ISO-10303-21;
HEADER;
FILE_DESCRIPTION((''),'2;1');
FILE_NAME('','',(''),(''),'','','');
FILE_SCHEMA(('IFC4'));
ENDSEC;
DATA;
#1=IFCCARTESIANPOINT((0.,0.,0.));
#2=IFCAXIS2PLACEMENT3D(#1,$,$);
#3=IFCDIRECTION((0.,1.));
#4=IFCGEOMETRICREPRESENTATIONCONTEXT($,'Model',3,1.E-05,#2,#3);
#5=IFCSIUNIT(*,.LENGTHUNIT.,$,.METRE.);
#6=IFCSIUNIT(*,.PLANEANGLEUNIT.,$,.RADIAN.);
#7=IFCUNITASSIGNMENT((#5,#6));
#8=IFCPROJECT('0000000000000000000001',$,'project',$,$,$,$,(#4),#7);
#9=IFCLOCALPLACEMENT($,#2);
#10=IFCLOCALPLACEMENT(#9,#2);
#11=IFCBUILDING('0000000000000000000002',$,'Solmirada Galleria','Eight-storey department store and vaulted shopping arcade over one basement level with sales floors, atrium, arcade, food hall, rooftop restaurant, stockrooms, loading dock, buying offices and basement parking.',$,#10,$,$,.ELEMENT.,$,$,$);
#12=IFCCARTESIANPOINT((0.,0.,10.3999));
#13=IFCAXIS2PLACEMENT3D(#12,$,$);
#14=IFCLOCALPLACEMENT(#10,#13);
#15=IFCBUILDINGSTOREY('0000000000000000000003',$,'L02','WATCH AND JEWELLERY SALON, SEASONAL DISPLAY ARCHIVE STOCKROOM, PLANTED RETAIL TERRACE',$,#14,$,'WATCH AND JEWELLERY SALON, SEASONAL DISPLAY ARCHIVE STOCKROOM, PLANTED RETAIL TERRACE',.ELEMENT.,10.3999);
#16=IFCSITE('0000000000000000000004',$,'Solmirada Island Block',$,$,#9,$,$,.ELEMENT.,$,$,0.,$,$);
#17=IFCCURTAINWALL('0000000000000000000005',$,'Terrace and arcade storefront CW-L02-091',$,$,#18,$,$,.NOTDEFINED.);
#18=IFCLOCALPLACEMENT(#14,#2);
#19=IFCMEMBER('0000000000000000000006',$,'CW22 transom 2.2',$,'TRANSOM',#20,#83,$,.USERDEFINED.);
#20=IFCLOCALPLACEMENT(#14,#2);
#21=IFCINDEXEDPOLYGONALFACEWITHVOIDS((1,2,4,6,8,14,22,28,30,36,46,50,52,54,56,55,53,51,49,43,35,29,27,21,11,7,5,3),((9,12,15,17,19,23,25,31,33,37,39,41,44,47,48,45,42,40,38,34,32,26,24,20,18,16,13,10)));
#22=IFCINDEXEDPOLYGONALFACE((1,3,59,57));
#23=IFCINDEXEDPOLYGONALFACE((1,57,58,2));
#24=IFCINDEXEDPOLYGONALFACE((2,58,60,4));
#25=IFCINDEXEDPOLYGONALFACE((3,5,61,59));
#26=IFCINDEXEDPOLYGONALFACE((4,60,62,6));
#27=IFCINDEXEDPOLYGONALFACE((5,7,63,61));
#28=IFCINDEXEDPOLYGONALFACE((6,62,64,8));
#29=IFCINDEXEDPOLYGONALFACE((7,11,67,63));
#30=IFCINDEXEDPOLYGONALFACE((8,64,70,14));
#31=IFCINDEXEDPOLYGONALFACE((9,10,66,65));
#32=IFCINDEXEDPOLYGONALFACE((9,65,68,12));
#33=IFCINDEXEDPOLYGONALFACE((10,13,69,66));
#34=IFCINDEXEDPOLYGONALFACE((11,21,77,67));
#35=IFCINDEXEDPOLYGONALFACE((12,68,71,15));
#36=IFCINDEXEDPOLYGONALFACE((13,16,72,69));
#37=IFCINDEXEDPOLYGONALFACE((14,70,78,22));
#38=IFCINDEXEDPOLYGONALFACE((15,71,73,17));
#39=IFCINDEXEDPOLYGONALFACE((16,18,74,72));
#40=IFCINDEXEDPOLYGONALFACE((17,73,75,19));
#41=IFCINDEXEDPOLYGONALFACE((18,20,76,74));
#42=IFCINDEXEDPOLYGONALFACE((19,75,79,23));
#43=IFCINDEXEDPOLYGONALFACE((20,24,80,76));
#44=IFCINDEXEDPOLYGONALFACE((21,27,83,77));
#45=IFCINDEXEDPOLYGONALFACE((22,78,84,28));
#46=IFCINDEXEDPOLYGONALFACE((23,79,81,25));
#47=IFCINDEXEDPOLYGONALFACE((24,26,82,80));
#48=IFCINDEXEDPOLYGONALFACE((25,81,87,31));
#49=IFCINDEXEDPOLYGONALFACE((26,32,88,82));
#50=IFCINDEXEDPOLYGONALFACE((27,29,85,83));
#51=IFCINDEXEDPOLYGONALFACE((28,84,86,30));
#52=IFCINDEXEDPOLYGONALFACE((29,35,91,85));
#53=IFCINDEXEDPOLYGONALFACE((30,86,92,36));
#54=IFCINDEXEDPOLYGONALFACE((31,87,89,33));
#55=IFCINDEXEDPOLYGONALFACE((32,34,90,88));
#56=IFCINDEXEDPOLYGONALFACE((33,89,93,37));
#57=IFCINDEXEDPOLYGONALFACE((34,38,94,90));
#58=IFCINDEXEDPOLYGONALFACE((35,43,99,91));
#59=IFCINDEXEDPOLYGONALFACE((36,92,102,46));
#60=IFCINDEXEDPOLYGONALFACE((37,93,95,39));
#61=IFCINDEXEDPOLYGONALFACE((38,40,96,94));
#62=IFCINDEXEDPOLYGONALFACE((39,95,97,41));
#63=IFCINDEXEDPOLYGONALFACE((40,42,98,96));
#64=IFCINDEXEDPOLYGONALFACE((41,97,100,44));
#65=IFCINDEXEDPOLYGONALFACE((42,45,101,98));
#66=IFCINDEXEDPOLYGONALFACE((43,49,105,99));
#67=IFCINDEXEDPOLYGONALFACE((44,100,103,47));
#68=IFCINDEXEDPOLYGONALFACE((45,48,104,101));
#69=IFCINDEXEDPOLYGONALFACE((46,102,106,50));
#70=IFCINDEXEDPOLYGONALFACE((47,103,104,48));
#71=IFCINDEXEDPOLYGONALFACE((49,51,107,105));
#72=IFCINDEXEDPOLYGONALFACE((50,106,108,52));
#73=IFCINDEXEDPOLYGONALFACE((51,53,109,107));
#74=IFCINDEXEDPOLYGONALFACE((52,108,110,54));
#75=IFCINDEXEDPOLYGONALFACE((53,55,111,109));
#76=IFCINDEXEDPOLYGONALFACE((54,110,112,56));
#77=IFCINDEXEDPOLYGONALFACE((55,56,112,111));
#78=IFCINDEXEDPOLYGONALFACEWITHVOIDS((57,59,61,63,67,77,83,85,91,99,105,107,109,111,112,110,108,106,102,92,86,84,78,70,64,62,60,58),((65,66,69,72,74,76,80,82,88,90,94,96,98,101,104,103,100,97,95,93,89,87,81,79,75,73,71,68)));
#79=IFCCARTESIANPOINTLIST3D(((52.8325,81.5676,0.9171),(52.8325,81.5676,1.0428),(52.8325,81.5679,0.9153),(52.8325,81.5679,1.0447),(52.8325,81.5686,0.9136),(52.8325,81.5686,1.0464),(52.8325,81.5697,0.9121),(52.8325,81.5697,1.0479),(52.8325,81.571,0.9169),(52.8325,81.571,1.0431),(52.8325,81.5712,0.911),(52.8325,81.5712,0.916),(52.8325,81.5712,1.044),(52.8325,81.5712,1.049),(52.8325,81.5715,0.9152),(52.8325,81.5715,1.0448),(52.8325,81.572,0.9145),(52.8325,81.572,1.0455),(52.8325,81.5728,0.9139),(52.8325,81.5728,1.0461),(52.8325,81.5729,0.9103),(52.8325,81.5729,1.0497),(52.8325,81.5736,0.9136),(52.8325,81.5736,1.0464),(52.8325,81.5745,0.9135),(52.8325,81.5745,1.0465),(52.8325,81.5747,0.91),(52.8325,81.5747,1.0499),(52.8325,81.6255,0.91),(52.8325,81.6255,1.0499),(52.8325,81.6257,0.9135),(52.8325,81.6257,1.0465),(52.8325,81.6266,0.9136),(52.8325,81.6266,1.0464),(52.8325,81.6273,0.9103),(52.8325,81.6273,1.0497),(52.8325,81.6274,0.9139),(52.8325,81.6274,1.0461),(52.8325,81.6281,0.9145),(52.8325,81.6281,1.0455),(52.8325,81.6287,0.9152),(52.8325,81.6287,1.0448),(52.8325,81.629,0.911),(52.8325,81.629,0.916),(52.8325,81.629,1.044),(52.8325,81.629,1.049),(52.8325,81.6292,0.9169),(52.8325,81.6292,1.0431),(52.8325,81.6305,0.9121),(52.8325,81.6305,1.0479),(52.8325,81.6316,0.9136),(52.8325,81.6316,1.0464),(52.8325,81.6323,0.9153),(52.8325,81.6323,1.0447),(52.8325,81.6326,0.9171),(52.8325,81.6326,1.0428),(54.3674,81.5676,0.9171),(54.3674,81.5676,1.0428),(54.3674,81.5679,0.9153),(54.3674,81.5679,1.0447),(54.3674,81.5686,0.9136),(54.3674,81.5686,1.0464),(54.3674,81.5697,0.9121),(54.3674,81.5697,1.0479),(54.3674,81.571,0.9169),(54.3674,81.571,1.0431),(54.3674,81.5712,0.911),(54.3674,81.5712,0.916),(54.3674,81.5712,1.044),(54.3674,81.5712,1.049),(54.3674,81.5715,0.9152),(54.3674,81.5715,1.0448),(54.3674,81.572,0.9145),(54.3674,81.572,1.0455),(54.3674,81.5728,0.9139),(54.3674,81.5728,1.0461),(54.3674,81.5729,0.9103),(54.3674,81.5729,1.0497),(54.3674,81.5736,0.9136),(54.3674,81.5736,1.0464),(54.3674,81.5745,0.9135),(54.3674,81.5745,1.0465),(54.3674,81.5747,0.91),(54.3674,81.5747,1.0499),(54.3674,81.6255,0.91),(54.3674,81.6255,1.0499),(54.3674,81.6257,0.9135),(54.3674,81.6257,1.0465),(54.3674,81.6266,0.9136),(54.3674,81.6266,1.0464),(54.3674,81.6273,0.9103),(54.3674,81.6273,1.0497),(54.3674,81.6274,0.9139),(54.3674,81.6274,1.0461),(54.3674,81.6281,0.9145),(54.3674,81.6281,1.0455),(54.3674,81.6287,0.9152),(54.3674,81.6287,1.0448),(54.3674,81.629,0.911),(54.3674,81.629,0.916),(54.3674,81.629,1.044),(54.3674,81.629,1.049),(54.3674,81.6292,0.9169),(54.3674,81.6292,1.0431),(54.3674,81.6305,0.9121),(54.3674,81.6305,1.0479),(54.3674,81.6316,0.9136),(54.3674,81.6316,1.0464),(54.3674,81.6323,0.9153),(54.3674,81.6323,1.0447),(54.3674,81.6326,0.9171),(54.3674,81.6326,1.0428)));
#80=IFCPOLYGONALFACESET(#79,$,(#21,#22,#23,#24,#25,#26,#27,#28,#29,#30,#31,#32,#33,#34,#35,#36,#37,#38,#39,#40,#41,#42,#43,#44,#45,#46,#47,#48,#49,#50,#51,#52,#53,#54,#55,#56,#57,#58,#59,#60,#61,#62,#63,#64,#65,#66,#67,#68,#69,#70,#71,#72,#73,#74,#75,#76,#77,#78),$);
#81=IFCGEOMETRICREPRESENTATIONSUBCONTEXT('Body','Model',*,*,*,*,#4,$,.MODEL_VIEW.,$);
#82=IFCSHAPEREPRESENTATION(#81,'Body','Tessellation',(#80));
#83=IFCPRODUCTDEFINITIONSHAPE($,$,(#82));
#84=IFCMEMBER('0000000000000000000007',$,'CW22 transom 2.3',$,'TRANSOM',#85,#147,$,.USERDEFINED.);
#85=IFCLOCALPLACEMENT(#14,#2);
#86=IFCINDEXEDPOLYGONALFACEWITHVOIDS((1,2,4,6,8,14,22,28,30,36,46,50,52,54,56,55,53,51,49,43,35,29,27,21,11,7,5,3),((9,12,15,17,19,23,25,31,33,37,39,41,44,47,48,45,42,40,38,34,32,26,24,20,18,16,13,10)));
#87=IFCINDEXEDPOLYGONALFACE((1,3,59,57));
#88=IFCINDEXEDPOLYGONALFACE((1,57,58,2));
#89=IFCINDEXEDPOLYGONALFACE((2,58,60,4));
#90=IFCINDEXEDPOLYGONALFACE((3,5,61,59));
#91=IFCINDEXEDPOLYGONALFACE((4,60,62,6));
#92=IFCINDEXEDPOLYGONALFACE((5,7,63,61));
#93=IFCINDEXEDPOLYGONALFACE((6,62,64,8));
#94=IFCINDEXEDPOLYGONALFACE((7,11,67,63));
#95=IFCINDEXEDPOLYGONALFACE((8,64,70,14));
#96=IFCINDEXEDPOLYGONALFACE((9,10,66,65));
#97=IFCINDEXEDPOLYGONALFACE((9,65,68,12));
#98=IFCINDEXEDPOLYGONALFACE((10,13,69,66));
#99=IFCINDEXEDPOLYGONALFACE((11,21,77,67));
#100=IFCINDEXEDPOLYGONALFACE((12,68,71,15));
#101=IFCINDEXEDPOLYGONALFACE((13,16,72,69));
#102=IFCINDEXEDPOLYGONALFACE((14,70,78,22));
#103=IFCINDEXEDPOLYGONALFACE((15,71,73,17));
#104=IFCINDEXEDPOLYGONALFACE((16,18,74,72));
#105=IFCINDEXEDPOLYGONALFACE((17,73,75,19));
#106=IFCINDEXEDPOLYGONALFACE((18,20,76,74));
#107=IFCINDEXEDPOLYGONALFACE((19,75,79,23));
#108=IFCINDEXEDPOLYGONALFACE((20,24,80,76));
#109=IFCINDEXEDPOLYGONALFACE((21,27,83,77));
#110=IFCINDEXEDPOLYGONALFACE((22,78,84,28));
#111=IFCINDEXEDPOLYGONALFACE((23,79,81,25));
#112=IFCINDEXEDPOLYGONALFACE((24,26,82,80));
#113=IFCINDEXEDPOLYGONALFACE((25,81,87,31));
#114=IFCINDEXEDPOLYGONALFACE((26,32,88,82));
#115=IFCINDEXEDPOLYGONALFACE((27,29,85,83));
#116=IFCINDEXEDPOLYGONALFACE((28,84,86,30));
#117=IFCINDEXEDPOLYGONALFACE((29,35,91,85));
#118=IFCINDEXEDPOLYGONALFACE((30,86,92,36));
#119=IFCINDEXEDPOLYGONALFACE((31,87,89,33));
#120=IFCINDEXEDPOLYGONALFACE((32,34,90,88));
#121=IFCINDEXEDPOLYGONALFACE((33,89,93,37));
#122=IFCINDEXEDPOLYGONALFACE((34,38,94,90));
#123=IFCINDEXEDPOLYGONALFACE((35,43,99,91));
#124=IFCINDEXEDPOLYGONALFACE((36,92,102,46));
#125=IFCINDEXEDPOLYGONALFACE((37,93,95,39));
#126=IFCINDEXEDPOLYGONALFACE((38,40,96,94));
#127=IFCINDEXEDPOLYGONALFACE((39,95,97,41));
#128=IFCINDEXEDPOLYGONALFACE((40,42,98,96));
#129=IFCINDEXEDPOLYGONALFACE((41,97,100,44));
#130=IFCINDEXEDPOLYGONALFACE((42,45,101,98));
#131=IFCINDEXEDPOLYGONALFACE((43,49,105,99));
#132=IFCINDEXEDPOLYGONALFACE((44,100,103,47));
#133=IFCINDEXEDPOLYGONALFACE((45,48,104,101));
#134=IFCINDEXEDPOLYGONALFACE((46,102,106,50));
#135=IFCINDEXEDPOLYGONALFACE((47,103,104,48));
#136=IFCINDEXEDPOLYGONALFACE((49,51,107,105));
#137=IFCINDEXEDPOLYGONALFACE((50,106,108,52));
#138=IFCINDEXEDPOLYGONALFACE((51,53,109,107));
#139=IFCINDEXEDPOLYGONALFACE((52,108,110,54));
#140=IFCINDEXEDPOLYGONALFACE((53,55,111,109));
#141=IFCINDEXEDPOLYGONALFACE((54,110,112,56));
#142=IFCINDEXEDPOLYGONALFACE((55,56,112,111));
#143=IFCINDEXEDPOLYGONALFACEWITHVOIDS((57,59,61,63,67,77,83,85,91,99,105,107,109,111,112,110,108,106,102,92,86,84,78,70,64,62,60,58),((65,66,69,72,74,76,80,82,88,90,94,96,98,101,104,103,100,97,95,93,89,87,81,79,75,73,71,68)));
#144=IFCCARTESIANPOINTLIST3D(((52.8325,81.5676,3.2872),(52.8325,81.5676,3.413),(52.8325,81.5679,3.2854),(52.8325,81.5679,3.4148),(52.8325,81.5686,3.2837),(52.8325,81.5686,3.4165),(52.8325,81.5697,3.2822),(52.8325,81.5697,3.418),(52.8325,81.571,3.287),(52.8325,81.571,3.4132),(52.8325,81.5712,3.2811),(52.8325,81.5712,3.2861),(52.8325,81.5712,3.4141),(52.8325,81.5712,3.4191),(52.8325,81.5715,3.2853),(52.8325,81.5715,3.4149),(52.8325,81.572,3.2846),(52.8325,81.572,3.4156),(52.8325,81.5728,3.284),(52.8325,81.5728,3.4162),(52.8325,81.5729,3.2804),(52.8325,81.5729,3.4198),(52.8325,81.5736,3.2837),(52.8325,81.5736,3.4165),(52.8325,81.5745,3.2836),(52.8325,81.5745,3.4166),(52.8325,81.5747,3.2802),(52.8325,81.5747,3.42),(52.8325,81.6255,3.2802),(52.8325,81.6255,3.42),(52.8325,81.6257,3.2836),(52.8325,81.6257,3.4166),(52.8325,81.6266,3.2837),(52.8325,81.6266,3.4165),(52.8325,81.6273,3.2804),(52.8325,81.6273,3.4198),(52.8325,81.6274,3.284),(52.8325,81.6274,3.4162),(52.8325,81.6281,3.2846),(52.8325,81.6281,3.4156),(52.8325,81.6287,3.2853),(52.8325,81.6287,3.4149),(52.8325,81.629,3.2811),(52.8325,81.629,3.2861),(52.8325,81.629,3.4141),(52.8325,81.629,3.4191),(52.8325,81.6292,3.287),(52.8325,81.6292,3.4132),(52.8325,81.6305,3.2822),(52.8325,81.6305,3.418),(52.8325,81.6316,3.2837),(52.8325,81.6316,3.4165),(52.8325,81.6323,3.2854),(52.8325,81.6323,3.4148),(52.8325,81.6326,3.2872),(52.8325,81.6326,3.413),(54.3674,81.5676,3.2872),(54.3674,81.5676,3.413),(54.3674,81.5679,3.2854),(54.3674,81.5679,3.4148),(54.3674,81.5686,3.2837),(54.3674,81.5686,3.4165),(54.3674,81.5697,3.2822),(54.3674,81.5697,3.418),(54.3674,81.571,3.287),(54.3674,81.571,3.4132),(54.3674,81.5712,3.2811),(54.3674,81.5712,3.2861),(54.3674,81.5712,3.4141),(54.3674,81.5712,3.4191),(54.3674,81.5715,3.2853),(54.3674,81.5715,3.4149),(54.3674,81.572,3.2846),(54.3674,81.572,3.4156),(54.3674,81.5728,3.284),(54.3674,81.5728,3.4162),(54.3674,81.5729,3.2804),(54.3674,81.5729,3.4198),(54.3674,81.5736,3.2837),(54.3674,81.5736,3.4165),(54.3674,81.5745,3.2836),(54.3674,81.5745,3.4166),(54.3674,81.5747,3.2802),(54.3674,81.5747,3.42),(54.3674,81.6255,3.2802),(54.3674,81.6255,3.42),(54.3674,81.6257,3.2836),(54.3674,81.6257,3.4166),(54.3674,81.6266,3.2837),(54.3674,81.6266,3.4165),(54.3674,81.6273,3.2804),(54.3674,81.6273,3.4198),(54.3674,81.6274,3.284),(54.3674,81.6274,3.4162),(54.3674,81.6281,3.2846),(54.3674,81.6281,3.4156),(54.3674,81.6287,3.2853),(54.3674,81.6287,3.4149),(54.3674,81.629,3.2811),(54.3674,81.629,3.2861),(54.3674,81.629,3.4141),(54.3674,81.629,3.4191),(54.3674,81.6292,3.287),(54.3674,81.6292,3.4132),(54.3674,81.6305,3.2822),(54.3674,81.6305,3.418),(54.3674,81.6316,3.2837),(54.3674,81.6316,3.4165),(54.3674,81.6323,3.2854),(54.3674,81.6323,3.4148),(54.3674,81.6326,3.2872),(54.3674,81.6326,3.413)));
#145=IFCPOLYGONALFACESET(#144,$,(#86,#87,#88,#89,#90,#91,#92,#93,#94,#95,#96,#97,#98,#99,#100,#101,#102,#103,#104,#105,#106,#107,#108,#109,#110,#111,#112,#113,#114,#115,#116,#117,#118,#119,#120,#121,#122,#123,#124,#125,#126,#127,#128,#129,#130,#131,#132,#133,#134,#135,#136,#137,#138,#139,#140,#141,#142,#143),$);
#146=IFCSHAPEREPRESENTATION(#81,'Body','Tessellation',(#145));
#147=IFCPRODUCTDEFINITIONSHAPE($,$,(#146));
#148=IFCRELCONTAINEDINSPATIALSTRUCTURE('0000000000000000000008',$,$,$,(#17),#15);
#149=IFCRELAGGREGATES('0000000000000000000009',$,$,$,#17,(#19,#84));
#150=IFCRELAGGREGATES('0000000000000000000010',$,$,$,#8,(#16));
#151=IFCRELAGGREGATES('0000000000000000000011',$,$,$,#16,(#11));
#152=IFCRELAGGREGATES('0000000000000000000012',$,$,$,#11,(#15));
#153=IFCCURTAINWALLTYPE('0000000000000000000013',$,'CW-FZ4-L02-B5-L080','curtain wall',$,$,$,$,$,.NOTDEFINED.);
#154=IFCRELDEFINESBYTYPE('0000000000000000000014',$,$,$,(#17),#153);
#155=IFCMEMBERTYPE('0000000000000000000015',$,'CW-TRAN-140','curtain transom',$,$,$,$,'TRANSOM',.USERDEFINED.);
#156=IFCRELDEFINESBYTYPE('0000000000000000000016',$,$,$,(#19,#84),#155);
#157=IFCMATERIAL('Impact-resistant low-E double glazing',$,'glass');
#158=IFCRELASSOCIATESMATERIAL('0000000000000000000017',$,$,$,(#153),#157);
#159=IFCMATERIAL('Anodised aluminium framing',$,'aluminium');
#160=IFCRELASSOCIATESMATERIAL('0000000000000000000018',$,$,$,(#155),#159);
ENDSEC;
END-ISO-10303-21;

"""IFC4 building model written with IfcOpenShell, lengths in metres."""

from ifc_helpers import new_model, si_unit, direction, frame, origin, origin_2d, place, context, subcontext, project, spatial, hollow_rectangle, extrude, material, material_profile, profile_set, type_object, element, aggregate, save


model = new_model("IFC4")

# Units and contexts
model_context = context("Model", 3, precision=1e-05, world=origin(), true_north=direction((0.0, 1.0)))
body_context = subcontext(model_context, "Body", "Model", "MODEL_VIEW")
ifc_project = project(units=[si_unit("LENGTHUNIT", "METRE"), si_unit("PLANEANGLEUNIT", "RADIAN")], contexts=[model_context])

# Site, building, storey
site_placement = place(None, origin())
site = spatial("IfcSite", under=ifc_project, at=site_placement, Name="Solmirada Island Block", CompositionType="ELEMENT", RefElevation=0.0)
building_placement = place(site_placement, origin())
building = spatial("IfcBuilding", under=site, at=building_placement, Name="Solmirada Galleria", Description="Eight-storey department store and vaulted shopping arcade over one basement level with sales floors, atrium, arcade, food hall, rooftop restaurant, stockrooms, loading dock, buying offices and basement parking.", CompositionType="ELEMENT")
storey_placement = place(building_placement, frame((0.0, 0.0, 10.3999)))
storey = spatial("IfcBuildingStorey", under=building, at=storey_placement, Name="L02", Description="WATCH AND JEWELLERY SALON, SEASONAL DISPLAY ARCHIVE STOCKROOM, PLANTED RETAIL TERRACE", LongName="WATCH AND JEWELLERY SALON, SEASONAL DISPLAY ARCHIVE STOCKROOM, PLANTED RETAIL TERRACE", CompositionType="ELEMENT", Elevation=10.3999)

# Curtain wall
ifc_material_1 = material(Name="Impact-resistant low-E double glazing", Category="glass")
curtain_wall_type = type_object("IfcCurtainWallType", Name="CW-FZ4-L02-B5-L080", Description="curtain wall", PredefinedType="NOTDEFINED", material=ifc_material_1)
ifc_material_2 = material(Name="Anodised aluminium framing", Category="aluminium")
curtain_wall_1_placement = place(storey_placement, origin())
curtain_wall_1 = element("IfcCurtainWall", 1, at=curtain_wall_1_placement, inside=storey, type_object=curtain_wall_type, Name="Terrace and arcade storefront CW-L02-091", PredefinedType="NOTDEFINED")

# Members
ifc_material_profile_1 = material_profile(ifc_material_2, hollow_rectangle(XDim=0.0649, YDim=0.1399, WallThickness=0.0034, InnerFilletRadius=0.0034, OuterFilletRadius=0.0071, at=origin_2d()), Name="ALU-TRAN-140X65")
ifc_profile_set_1 = profile_set([ifc_material_profile_1], Name="Anodised aluminium framing")
member_type_1 = type_object("IfcMemberType", Name="CW-TRAN-140", Description="curtain transom", ElementType="TRANSOM", PredefinedType="USERDEFINED", material=ifc_profile_set_1)
member_1_placement = place(storey_placement, frame((54.3674, 81.6001, 0.98), z_axis=(-1.0, 0.0, 0.0), x_axis=(0.0, -1.0, 0.0)))
member_1 = element("IfcMember", 2, at=member_1_placement, type_object=member_type_1, Name="CW22 transom 2.2", ObjectType="TRANSOM", PredefinedType="USERDEFINED", context=body_context, shape_type="SweptSolid", body=[
    extrude(hollow_rectangle(XDim=0.0649, YDim=0.1399, WallThickness=0.0034, InnerFilletRadius=0.0034, OuterFilletRadius=0.0071, at=origin_2d()), origin(), (0.0, 0.0, 1.0), 1.5349),
])
member_2_placement = place(storey_placement, frame((54.3674, 81.6001, 3.3501), z_axis=(-1.0, 0.0, 0.0), x_axis=(0.0, -1.0, 0.0)))
member_2 = element("IfcMember", 3, at=member_2_placement, type_object=member_type_1, Name="CW22 transom 2.3", ObjectType="TRANSOM", PredefinedType="USERDEFINED", context=body_context, shape_type="SweptSolid", body=[
    extrude(hollow_rectangle(XDim=0.0649, YDim=0.1399, WallThickness=0.0034, InnerFilletRadius=0.0034, OuterFilletRadius=0.0071, at=origin_2d()), origin(), (0.0, 0.0, 1.0), 1.5349),
])

aggregate(curtain_wall_1, [member_1, member_2])

save(model, "model.ifc")
